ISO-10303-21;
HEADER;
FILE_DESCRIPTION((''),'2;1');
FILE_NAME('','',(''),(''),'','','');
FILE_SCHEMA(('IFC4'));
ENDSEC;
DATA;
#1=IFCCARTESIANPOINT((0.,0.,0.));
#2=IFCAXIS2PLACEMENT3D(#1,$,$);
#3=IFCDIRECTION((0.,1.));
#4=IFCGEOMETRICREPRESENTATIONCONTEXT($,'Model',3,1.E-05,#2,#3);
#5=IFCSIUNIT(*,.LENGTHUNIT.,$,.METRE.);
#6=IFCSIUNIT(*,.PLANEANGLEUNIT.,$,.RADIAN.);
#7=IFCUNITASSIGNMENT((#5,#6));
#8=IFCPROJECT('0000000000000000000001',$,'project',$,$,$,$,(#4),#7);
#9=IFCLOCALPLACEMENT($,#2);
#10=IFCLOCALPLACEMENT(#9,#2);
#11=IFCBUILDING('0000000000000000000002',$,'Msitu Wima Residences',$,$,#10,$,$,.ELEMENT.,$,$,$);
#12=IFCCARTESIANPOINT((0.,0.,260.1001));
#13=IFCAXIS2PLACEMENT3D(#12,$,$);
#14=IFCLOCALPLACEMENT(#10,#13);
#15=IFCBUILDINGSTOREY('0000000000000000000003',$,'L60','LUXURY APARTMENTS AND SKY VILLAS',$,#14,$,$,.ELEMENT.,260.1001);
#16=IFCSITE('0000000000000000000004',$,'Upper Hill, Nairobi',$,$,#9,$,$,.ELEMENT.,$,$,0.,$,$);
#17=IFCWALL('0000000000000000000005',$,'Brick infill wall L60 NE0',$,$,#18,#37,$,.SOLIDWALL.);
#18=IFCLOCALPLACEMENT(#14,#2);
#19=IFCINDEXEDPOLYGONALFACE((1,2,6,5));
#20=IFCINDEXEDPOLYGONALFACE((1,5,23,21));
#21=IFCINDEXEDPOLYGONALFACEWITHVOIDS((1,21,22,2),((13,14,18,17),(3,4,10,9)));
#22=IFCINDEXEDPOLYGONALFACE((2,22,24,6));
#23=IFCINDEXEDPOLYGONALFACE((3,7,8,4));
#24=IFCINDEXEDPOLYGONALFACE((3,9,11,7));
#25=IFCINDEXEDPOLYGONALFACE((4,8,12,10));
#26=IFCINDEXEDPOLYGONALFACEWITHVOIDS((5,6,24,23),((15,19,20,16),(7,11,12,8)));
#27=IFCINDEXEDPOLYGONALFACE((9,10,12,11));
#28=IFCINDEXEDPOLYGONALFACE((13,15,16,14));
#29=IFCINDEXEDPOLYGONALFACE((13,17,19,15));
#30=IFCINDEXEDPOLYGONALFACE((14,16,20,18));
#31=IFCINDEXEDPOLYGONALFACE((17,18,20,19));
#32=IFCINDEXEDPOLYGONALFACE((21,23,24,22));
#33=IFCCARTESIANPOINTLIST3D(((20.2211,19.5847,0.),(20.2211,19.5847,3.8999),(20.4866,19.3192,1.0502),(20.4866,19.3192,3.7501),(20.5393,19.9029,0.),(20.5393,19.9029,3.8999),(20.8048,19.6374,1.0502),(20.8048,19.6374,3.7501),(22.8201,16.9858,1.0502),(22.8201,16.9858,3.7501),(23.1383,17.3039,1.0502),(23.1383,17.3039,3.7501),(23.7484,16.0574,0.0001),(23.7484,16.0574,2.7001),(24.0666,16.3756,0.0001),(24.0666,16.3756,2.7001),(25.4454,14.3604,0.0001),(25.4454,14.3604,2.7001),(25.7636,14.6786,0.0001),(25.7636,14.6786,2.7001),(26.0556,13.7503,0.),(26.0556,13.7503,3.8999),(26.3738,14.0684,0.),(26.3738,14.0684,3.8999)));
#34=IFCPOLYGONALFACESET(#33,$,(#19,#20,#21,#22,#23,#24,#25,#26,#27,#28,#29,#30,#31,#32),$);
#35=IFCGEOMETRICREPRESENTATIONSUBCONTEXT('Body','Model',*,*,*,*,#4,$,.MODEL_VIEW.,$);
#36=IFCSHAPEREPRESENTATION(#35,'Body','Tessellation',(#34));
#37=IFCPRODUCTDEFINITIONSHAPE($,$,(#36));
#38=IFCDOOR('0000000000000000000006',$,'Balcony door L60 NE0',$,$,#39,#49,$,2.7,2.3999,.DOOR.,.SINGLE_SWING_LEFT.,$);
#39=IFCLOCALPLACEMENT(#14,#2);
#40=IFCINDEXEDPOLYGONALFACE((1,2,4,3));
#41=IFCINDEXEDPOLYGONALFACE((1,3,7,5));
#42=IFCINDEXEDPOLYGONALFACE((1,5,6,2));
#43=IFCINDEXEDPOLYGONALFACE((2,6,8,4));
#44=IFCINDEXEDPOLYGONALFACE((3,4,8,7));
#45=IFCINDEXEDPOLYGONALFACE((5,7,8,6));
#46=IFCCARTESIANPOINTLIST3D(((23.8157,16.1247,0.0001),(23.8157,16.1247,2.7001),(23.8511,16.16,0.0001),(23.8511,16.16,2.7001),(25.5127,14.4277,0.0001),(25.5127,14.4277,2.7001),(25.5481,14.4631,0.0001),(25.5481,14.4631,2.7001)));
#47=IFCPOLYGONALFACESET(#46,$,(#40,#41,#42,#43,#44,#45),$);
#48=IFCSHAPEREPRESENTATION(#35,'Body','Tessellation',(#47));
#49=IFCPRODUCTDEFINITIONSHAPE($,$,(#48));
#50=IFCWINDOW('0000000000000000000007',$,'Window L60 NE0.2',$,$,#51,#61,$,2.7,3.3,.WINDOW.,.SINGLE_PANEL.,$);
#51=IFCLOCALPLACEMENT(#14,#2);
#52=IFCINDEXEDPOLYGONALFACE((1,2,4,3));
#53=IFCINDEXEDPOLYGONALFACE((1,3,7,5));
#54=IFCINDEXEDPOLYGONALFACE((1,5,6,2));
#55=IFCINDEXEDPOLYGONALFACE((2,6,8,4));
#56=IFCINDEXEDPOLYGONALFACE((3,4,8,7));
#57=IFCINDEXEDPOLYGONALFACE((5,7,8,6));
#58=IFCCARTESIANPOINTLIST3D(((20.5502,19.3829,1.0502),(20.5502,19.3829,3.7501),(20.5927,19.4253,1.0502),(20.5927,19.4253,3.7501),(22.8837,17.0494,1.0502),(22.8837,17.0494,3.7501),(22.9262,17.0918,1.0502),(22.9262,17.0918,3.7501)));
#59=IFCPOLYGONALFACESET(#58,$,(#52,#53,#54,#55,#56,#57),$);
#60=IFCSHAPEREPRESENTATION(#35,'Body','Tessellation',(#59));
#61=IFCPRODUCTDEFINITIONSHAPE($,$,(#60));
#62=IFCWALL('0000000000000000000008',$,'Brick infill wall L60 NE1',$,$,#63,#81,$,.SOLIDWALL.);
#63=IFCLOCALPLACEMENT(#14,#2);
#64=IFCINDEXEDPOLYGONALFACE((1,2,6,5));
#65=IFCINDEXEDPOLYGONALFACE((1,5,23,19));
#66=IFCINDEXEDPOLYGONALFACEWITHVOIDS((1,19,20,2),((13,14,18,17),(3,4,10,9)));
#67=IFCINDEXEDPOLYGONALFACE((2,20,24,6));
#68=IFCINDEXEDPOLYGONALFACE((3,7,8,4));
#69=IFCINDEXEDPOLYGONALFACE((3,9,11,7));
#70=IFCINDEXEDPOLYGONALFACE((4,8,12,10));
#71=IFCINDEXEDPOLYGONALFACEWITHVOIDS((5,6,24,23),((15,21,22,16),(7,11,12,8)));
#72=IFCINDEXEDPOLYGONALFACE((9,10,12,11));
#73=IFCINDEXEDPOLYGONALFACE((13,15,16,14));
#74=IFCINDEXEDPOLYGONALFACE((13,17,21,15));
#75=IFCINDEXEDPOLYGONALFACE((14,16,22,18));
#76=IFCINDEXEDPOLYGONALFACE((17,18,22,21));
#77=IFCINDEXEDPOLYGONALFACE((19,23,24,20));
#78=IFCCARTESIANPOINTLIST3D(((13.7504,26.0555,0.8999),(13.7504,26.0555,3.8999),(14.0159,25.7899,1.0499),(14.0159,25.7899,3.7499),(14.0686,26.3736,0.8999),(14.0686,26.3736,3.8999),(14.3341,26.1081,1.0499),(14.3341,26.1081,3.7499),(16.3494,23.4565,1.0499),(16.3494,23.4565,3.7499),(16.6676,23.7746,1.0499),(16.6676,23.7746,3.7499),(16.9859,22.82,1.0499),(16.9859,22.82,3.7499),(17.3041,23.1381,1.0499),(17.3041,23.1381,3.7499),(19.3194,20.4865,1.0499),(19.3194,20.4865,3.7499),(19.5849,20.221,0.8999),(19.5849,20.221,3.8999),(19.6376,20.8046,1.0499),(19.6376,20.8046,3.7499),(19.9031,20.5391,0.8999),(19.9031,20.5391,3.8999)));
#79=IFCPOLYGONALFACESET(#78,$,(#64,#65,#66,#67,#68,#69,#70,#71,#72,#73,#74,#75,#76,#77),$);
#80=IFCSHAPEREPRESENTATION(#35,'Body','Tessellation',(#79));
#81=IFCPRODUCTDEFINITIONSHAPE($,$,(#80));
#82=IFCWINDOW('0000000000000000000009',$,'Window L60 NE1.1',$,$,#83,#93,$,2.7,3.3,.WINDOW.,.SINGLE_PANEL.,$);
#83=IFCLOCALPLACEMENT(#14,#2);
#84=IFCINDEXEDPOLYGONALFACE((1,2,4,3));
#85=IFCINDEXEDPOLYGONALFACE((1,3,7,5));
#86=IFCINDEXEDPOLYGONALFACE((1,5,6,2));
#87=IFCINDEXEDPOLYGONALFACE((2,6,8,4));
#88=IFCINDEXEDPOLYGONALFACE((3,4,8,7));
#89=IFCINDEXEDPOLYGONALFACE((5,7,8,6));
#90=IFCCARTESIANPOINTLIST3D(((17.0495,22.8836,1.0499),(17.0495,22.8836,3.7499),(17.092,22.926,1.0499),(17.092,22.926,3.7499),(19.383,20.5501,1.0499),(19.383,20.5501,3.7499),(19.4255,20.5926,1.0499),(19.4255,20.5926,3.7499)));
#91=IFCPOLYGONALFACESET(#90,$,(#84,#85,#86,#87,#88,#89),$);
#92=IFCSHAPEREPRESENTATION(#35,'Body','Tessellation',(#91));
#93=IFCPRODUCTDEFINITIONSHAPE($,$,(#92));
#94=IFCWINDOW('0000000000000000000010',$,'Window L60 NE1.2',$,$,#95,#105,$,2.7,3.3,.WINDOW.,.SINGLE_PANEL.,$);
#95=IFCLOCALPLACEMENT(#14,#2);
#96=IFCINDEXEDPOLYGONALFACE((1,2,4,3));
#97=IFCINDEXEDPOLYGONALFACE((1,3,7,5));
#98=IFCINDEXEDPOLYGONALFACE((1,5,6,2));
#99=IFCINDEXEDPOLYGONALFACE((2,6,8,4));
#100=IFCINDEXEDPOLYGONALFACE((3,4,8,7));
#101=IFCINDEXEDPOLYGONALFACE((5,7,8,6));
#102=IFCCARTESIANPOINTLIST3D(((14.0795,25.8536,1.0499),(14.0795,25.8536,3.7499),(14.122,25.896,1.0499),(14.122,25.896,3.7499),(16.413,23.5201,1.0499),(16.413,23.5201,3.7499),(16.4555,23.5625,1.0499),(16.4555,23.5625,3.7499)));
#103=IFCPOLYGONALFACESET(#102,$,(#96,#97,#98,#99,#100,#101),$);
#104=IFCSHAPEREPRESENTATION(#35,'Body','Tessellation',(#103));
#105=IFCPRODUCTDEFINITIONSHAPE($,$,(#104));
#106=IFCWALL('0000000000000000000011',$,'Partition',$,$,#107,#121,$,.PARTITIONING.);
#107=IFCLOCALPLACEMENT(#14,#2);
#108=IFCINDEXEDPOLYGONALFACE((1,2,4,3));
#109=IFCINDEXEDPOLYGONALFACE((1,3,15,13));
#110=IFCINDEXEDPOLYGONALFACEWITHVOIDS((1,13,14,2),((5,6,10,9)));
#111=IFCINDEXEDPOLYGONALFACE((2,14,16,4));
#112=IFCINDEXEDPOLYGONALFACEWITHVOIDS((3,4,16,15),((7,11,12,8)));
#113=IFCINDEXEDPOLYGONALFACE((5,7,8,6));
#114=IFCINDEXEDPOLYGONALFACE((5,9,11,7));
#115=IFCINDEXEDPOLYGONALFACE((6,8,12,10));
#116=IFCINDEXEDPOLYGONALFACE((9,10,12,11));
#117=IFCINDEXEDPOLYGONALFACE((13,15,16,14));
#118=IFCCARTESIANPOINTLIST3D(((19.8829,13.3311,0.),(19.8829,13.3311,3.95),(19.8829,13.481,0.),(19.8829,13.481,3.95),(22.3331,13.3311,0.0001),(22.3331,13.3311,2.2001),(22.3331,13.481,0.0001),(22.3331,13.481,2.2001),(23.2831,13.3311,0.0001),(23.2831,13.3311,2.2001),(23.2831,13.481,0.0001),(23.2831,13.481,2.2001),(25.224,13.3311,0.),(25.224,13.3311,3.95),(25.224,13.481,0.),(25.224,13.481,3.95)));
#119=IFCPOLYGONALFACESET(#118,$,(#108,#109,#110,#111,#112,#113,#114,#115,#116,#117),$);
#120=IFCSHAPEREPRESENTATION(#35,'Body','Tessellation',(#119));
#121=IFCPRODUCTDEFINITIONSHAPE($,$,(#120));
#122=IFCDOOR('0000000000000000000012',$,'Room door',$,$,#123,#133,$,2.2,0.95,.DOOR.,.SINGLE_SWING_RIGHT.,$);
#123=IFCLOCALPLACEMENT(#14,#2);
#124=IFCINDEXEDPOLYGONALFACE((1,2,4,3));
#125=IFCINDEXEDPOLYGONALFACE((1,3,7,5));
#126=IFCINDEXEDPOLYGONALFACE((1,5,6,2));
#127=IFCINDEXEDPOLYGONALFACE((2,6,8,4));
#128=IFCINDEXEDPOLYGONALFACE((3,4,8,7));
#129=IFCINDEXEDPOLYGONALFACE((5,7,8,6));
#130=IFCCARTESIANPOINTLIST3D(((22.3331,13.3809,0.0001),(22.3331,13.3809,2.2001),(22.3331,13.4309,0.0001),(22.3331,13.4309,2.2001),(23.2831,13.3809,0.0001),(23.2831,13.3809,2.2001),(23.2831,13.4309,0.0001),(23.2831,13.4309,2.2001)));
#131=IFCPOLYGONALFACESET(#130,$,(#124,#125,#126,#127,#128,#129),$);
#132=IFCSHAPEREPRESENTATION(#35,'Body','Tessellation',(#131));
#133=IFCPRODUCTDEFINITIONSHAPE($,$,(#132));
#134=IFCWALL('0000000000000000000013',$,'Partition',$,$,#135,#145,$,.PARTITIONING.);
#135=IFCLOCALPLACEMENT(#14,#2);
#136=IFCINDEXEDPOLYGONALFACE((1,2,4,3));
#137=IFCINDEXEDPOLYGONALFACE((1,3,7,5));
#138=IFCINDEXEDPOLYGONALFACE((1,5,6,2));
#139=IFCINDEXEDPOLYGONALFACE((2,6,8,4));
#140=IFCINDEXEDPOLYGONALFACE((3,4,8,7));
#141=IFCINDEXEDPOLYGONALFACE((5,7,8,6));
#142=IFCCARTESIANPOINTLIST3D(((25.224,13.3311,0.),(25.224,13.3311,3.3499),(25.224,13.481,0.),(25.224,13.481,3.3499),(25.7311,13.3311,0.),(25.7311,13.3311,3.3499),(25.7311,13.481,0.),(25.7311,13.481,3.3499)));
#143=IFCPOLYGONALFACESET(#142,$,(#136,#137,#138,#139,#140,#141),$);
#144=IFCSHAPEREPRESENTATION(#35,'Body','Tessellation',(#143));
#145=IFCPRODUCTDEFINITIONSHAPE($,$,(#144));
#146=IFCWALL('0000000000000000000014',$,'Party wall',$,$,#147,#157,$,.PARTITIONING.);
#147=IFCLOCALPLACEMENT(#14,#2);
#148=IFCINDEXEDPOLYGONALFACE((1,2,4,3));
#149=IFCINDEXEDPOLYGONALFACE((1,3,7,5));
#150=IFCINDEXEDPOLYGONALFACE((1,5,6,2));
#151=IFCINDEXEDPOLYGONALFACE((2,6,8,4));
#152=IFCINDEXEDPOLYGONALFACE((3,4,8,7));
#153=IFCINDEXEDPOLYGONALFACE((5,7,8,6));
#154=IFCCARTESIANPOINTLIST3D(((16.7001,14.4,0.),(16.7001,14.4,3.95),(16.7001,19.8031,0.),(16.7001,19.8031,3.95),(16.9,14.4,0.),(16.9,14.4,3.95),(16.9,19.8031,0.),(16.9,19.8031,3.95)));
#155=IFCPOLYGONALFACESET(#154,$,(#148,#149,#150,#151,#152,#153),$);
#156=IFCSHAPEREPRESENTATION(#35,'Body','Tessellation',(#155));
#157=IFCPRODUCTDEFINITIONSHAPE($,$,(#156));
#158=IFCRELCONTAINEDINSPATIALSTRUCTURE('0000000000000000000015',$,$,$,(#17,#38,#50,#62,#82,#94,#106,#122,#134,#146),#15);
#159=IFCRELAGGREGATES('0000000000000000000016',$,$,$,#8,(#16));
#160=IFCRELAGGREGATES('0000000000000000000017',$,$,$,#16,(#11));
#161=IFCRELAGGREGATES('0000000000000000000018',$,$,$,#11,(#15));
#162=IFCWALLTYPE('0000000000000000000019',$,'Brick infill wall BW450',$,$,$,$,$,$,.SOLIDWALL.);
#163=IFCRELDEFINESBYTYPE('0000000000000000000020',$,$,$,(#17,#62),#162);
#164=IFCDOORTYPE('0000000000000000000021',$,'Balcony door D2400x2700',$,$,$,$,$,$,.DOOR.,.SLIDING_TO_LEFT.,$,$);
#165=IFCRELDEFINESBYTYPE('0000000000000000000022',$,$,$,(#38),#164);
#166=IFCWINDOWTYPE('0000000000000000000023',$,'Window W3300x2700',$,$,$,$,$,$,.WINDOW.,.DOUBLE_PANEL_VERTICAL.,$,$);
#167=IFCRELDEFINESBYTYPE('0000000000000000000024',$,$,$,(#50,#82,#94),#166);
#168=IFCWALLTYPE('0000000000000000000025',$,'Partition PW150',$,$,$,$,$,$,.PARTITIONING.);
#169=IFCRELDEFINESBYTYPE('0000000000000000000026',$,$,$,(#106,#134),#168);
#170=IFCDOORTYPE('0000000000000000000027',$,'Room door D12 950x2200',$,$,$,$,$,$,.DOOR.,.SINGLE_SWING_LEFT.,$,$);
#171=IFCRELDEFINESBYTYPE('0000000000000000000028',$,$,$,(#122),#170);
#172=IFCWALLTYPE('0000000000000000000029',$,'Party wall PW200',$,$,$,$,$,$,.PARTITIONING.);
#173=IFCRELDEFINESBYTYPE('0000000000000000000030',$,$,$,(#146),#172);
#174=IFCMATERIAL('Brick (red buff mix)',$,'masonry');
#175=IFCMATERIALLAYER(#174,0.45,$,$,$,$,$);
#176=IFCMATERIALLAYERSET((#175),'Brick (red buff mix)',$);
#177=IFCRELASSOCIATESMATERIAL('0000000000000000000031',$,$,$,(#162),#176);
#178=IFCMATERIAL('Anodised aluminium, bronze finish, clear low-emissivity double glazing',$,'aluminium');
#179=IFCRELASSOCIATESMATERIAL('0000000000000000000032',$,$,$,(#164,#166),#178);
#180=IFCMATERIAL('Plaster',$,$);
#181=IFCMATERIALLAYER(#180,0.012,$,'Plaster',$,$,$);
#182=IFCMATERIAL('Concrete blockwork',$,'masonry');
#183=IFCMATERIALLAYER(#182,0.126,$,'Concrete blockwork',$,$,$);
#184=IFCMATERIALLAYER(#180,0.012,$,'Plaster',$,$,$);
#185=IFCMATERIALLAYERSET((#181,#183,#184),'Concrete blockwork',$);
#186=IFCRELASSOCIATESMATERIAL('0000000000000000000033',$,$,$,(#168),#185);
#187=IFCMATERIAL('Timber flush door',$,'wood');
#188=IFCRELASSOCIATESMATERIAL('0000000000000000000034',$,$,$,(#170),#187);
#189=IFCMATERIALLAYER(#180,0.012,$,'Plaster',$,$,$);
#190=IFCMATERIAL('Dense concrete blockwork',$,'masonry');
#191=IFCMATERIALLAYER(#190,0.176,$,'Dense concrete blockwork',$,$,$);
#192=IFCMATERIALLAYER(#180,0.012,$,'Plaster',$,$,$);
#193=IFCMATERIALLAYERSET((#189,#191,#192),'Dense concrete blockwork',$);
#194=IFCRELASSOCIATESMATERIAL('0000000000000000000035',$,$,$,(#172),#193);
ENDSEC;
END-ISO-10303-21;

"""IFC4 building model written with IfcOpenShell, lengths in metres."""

from ifc_helpers import new_model, si_unit, direction, frame, frame_2d, origin, place, context, subcontext, project, spatial, rectangle, extrude, material, layer, layer_set, type_object, element, fill, save


model = new_model("IFC4")

# Units and contexts
model_context = context("Model", 3, precision=1e-05, world=origin(), true_north=direction((0.0, 1.0)))
body_context = subcontext(model_context, "Body", "Model", "MODEL_VIEW")
ifc_project = project(units=[si_unit("LENGTHUNIT", "METRE"), si_unit("PLANEANGLEUNIT", "RADIAN")], contexts=[model_context])

# Site, building, storey
site_placement = place(None, origin())
site = spatial("IfcSite", under=ifc_project, at=site_placement, Name="Upper Hill, Nairobi", CompositionType="ELEMENT", RefElevation=0.0)
building_placement = place(site_placement, origin())
building = spatial("IfcBuilding", under=site, at=building_placement, Name="Msitu Wima Residences", CompositionType="ELEMENT")
storey_placement = place(building_placement, frame((0.0, 0.0, 260.1001)))
storey = spatial("IfcBuildingStorey", under=building, at=storey_placement, Name="L60", Description="LUXURY APARTMENTS AND SKY VILLAS", CompositionType="ELEMENT", Elevation=260.1001)

# Wall, openings, door, window
ifc_material_1 = material(Name="Brick (red buff mix)", Category="masonry")
ifc_layer_1 = layer(ifc_material_1, 0.45)
ifc_layer_set_1 = layer_set([ifc_layer_1], Name="Brick (red buff mix)")
wall_type_1 = type_object("IfcWallType", Name="Brick infill wall BW450", PredefinedType="SOLIDWALL", material=ifc_layer_set_1)
wall_1_placement = place(storey_placement, frame((26.2146, 13.9094, 0.0), z_axis=(0.0, 0.0, 1.0), x_axis=(-0.707107, 0.707107, 0.0)))
wall_1 = element("IfcWall", 1, at=wall_1_placement, inside=storey, type_object=wall_type_1, Name="Brick infill wall L60 NE0", PredefinedType="SOLIDWALL", context=body_context, shape_type="SweptSolid", body=[
    extrude(rectangle(XDim=8.2512, YDim=0.45, at=frame_2d((4.1255, 0.0))), origin(), (0.0, 0.0, 1.0), 3.8999),
])
opening_1_placement = place(wall_1_placement, frame((0.8628, 0.0, 0.0)))
opening_1 = element("IfcOpeningElement", 2, at=opening_1_placement, cuts=wall_1, PredefinedType="OPENING", context=body_context, shape_type="SweptSolid", body=[
    extrude(rectangle(XDim=2.3999, YDim=2.7, at=frame_2d((1.2, 1.3501))), frame((0.0, 0.2349, 0.0), z_axis=(0.0, -1.0, 0.0), x_axis=(1.0, 0.0, 0.0)), (0.0, 0.0, 1.0), 0.47),
])
opening_2_placement = place(wall_1_placement, frame((4.5757, 0.0, 1.05)))
opening_2 = element("IfcOpeningElement", 3, at=opening_2_placement, cuts=wall_1, PredefinedType="OPENING", context=body_context, shape_type="SweptSolid", body=[
    extrude(rectangle(XDim=3.3, YDim=2.7, at=frame_2d((1.6499, 1.3501))), frame((0.0, 0.2349, 0.0), z_axis=(0.0, -1.0, 0.0), x_axis=(1.0, 0.0, 0.0)), (0.0, 0.0, 1.0), 0.47),
])
ifc_material_2 = material(Name="Anodised aluminium, bronze finish, clear low-emissivity double glazing", Category="aluminium")
door_type_1 = type_object("IfcDoorType", Name="Balcony door D2400x2700", OperationType="SLIDING_TO_LEFT", PredefinedType="DOOR", material=ifc_material_2)
door_1_placement = place(opening_1_placement, origin())
door_1 = element("IfcDoor", 4, at=door_1_placement, inside=storey, type_object=door_type_1, Name="Balcony door L60 NE0", OperationType="SINGLE_SWING_LEFT", OverallHeight=2.7, OverallWidth=2.3999, PredefinedType="DOOR", context=body_context, shape_type="SweptSolid", body=[
    extrude(rectangle(XDim=2.3999, YDim=2.7, at=frame_2d((1.2, 1.3501))), frame((0.0, 0.1299, 0.0), z_axis=(0.0, -1.0, 0.0), x_axis=(1.0, 0.0, 0.0)), (0.0, 0.0, 1.0), 0.05),
])
fill(opening_1, door_1)
window_type = type_object("IfcWindowType", Name="Window W3300x2700", PartitioningType="DOUBLE_PANEL_VERTICAL", PredefinedType="WINDOW", material=ifc_material_2)
window_1_placement = place(opening_2_placement, origin())
window_1 = element("IfcWindow", 5, at=window_1_placement, inside=storey, type_object=window_type, Name="Window L60 NE0.2", OverallHeight=2.7, OverallWidth=3.3, PartitioningType="SINGLE_PANEL", PredefinedType="WINDOW", context=body_context, shape_type="SweptSolid", body=[
    extrude(rectangle(XDim=3.3, YDim=2.7, at=frame_2d((1.6499, 1.3501))), frame((0.0, 0.135, 0.0), z_axis=(0.0, -1.0, 0.0), x_axis=(1.0, 0.0, 0.0)), (0.0, 0.0, 1.0), 0.0601),
])
fill(opening_2, window_1)

# Wall, openings, windows
wall_2_placement = place(storey_placement, frame((19.7439, 20.3801, 0.8999), z_axis=(0.0, 0.0, 1.0), x_axis=(-0.707107, 0.707107, 0.0)))
wall_2 = element("IfcWall", 6, at=wall_2_placement, inside=storey, type_object=wall_type_1, Name="Brick infill wall L60 NE1", PredefinedType="SOLIDWALL", context=body_context, shape_type="SweptSolid", body=[
    extrude(rectangle(XDim=8.2512, YDim=0.45, at=frame_2d((4.1255, 0.0))), origin(), (0.0, 0.0, 1.0), 3.0),
])
opening_3_placement = place(wall_2_placement, frame((0.3755, 0.0, 0.1499)))
opening_3 = element("IfcOpeningElement", 7, at=opening_3_placement, cuts=wall_2, PredefinedType="OPENING", context=body_context, shape_type="SweptSolid", body=[
    extrude(rectangle(XDim=3.3, YDim=2.7, at=frame_2d((1.6499, 1.3501))), frame((0.0, 0.2349, 0.0), z_axis=(0.0, -1.0, 0.0), x_axis=(1.0, 0.0, 0.0)), (0.0, 0.0, 1.0), 0.47),
])
opening_4_placement = place(wall_2_placement, frame((4.5757, 0.0, 0.1499)))
opening_4 = element("IfcOpeningElement", 8, at=opening_4_placement, cuts=wall_2, PredefinedType="OPENING", context=body_context, shape_type="SweptSolid", body=[
    extrude(rectangle(XDim=3.3, YDim=2.7, at=frame_2d((1.6499, 1.3501))), frame((0.0, 0.2349, 0.0), z_axis=(0.0, -1.0, 0.0), x_axis=(1.0, 0.0, 0.0)), (0.0, 0.0, 1.0), 0.47),
])
window_2_placement = place(opening_3_placement, origin())
window_2 = element("IfcWindow", 9, at=window_2_placement, inside=storey, type_object=window_type, Name="Window L60 NE1.1", OverallHeight=2.7, OverallWidth=3.3, PartitioningType="SINGLE_PANEL", PredefinedType="WINDOW", context=body_context, shape_type="SweptSolid", body=[
    extrude(rectangle(XDim=3.3, YDim=2.7, at=frame_2d((1.6499, 1.3501))), frame((0.0, 0.135, 0.0), z_axis=(0.0, -1.0, 0.0), x_axis=(1.0, 0.0, 0.0)), (0.0, 0.0, 1.0), 0.0601),
])
fill(opening_3, window_2)
window_3_placement = place(opening_4_placement, origin())
window_3 = element("IfcWindow", 10, at=window_3_placement, inside=storey, type_object=window_type, Name="Window L60 NE1.2", OverallHeight=2.7, OverallWidth=3.3, PartitioningType="SINGLE_PANEL", PredefinedType="WINDOW", context=body_context, shape_type="SweptSolid", body=[
    extrude(rectangle(XDim=3.3, YDim=2.7, at=frame_2d((1.6499, 1.3501))), frame((0.0, 0.135, 0.0), z_axis=(0.0, -1.0, 0.0), x_axis=(1.0, 0.0, 0.0)), (0.0, 0.0, 1.0), 0.0601),
])
fill(opening_4, window_3)

# Wall, opening, door
ifc_material_3 = material(Name="Plaster")
ifc_layer_2 = layer(ifc_material_3, 0.012, Name="Plaster")
ifc_material_4 = material(Name="Concrete blockwork", Category="masonry")
ifc_layer_3 = layer(ifc_material_4, 0.126, Name="Concrete blockwork")
ifc_layer_4 = layer(ifc_material_3, 0.012, Name="Plaster")
ifc_layer_set_2 = layer_set([ifc_layer_2, ifc_layer_3, ifc_layer_4], Name="Concrete blockwork")
wall_type_2 = type_object("IfcWallType", Name="Partition PW150", PredefinedType="PARTITIONING", material=ifc_layer_set_2)
wall_3_placement = place(storey_placement, frame((19.8831, 13.406, 0.0), z_axis=(0.0, 0.0, 1.0), x_axis=(1.0, 0.0, 0.0)))
wall_3 = element("IfcWall", 11, at=wall_3_placement, inside=storey, type_object=wall_type_2, Name="Partition", PredefinedType="PARTITIONING", context=body_context, shape_type="SweptSolid", body=[
    extrude(rectangle(XDim=5.3411, YDim=0.1499, at=frame_2d((2.6704, 0.0))), origin(), (0.0, 0.0, 1.0), 3.95),
])
opening_5_placement = place(wall_3_placement, frame((2.45, 0.0, 0.0)))
opening_5 = element("IfcOpeningElement", 12, at=opening_5_placement, cuts=wall_3, PredefinedType="OPENING", context=body_context, shape_type="SweptSolid", body=[
    extrude(rectangle(XDim=0.95, YDim=2.2, at=frame_2d((0.4751, 1.1001))), frame((0.0, 0.085, 0.0), z_axis=(0.0, -1.0, 0.0), x_axis=(1.0, 0.0, 0.0)), (0.0, 0.0, 1.0), 0.1699),
])
ifc_material_5 = material(Name="Timber flush door", Category="wood")
door_type_2 = type_object("IfcDoorType", Name="Room door D12 950x2200", OperationType="SINGLE_SWING_LEFT", PredefinedType="DOOR", material=ifc_material_5)
door_2_placement = place(opening_5_placement, origin())
door_2 = element("IfcDoor", 13, at=door_2_placement, inside=storey, type_object=door_type_2, Name="Room door", OperationType="SINGLE_SWING_RIGHT", OverallHeight=2.2, OverallWidth=0.95, PredefinedType="DOOR", context=body_context, shape_type="SweptSolid", body=[
    extrude(rectangle(XDim=0.95, YDim=2.2, at=frame_2d((0.4751, 1.1001))), frame((0.0, 0.0249, 0.0), z_axis=(0.0, -1.0, 0.0), x_axis=(1.0, 0.0, 0.0)), (0.0, 0.0, 1.0), 0.05),
])
fill(opening_5, door_2)

# Walls
wall_4_placement = place(storey_placement, frame((25.2241, 13.406, 0.0), z_axis=(0.0, 0.0, 1.0), x_axis=(1.0, 0.0, 0.0)))
element("IfcWall", 14, at=wall_4_placement, inside=storey, type_object=wall_type_2, Name="Partition", PredefinedType="PARTITIONING", context=body_context, shape_type="SweptSolid", body=[
    extrude(rectangle(XDim=0.5071, YDim=0.1499, at=frame_2d((0.2534, 0.0))), origin(), (0.0, 0.0, 1.0), 3.3499),
])
ifc_layer_5 = layer(ifc_material_3, 0.012, Name="Plaster")
ifc_material_6 = material(Name="Dense concrete blockwork", Category="masonry")
ifc_layer_6 = layer(ifc_material_6, 0.176, Name="Dense concrete blockwork")
ifc_layer_7 = layer(ifc_material_3, 0.012, Name="Plaster")
ifc_layer_set_3 = layer_set([ifc_layer_5, ifc_layer_6, ifc_layer_7], Name="Dense concrete blockwork")
wall_type_3 = type_object("IfcWallType", Name="Party wall PW200", PredefinedType="PARTITIONING", material=ifc_layer_set_3)
wall_5_placement = place(storey_placement, frame((16.8, 14.3999, 0.0), z_axis=(0.0, 0.0, 1.0), x_axis=(0.0, 1.0, 0.0)))
element("IfcWall", 15, at=wall_5_placement, inside=storey, type_object=wall_type_3, Name="Party wall", PredefinedType="PARTITIONING", context=body_context, shape_type="SweptSolid", body=[
    extrude(rectangle(XDim=5.4031, YDim=0.2, at=frame_2d((2.7017, 0.0))), origin(), (0.0, 0.0, 1.0), 3.95),
])

save(model, "model.ifc")
